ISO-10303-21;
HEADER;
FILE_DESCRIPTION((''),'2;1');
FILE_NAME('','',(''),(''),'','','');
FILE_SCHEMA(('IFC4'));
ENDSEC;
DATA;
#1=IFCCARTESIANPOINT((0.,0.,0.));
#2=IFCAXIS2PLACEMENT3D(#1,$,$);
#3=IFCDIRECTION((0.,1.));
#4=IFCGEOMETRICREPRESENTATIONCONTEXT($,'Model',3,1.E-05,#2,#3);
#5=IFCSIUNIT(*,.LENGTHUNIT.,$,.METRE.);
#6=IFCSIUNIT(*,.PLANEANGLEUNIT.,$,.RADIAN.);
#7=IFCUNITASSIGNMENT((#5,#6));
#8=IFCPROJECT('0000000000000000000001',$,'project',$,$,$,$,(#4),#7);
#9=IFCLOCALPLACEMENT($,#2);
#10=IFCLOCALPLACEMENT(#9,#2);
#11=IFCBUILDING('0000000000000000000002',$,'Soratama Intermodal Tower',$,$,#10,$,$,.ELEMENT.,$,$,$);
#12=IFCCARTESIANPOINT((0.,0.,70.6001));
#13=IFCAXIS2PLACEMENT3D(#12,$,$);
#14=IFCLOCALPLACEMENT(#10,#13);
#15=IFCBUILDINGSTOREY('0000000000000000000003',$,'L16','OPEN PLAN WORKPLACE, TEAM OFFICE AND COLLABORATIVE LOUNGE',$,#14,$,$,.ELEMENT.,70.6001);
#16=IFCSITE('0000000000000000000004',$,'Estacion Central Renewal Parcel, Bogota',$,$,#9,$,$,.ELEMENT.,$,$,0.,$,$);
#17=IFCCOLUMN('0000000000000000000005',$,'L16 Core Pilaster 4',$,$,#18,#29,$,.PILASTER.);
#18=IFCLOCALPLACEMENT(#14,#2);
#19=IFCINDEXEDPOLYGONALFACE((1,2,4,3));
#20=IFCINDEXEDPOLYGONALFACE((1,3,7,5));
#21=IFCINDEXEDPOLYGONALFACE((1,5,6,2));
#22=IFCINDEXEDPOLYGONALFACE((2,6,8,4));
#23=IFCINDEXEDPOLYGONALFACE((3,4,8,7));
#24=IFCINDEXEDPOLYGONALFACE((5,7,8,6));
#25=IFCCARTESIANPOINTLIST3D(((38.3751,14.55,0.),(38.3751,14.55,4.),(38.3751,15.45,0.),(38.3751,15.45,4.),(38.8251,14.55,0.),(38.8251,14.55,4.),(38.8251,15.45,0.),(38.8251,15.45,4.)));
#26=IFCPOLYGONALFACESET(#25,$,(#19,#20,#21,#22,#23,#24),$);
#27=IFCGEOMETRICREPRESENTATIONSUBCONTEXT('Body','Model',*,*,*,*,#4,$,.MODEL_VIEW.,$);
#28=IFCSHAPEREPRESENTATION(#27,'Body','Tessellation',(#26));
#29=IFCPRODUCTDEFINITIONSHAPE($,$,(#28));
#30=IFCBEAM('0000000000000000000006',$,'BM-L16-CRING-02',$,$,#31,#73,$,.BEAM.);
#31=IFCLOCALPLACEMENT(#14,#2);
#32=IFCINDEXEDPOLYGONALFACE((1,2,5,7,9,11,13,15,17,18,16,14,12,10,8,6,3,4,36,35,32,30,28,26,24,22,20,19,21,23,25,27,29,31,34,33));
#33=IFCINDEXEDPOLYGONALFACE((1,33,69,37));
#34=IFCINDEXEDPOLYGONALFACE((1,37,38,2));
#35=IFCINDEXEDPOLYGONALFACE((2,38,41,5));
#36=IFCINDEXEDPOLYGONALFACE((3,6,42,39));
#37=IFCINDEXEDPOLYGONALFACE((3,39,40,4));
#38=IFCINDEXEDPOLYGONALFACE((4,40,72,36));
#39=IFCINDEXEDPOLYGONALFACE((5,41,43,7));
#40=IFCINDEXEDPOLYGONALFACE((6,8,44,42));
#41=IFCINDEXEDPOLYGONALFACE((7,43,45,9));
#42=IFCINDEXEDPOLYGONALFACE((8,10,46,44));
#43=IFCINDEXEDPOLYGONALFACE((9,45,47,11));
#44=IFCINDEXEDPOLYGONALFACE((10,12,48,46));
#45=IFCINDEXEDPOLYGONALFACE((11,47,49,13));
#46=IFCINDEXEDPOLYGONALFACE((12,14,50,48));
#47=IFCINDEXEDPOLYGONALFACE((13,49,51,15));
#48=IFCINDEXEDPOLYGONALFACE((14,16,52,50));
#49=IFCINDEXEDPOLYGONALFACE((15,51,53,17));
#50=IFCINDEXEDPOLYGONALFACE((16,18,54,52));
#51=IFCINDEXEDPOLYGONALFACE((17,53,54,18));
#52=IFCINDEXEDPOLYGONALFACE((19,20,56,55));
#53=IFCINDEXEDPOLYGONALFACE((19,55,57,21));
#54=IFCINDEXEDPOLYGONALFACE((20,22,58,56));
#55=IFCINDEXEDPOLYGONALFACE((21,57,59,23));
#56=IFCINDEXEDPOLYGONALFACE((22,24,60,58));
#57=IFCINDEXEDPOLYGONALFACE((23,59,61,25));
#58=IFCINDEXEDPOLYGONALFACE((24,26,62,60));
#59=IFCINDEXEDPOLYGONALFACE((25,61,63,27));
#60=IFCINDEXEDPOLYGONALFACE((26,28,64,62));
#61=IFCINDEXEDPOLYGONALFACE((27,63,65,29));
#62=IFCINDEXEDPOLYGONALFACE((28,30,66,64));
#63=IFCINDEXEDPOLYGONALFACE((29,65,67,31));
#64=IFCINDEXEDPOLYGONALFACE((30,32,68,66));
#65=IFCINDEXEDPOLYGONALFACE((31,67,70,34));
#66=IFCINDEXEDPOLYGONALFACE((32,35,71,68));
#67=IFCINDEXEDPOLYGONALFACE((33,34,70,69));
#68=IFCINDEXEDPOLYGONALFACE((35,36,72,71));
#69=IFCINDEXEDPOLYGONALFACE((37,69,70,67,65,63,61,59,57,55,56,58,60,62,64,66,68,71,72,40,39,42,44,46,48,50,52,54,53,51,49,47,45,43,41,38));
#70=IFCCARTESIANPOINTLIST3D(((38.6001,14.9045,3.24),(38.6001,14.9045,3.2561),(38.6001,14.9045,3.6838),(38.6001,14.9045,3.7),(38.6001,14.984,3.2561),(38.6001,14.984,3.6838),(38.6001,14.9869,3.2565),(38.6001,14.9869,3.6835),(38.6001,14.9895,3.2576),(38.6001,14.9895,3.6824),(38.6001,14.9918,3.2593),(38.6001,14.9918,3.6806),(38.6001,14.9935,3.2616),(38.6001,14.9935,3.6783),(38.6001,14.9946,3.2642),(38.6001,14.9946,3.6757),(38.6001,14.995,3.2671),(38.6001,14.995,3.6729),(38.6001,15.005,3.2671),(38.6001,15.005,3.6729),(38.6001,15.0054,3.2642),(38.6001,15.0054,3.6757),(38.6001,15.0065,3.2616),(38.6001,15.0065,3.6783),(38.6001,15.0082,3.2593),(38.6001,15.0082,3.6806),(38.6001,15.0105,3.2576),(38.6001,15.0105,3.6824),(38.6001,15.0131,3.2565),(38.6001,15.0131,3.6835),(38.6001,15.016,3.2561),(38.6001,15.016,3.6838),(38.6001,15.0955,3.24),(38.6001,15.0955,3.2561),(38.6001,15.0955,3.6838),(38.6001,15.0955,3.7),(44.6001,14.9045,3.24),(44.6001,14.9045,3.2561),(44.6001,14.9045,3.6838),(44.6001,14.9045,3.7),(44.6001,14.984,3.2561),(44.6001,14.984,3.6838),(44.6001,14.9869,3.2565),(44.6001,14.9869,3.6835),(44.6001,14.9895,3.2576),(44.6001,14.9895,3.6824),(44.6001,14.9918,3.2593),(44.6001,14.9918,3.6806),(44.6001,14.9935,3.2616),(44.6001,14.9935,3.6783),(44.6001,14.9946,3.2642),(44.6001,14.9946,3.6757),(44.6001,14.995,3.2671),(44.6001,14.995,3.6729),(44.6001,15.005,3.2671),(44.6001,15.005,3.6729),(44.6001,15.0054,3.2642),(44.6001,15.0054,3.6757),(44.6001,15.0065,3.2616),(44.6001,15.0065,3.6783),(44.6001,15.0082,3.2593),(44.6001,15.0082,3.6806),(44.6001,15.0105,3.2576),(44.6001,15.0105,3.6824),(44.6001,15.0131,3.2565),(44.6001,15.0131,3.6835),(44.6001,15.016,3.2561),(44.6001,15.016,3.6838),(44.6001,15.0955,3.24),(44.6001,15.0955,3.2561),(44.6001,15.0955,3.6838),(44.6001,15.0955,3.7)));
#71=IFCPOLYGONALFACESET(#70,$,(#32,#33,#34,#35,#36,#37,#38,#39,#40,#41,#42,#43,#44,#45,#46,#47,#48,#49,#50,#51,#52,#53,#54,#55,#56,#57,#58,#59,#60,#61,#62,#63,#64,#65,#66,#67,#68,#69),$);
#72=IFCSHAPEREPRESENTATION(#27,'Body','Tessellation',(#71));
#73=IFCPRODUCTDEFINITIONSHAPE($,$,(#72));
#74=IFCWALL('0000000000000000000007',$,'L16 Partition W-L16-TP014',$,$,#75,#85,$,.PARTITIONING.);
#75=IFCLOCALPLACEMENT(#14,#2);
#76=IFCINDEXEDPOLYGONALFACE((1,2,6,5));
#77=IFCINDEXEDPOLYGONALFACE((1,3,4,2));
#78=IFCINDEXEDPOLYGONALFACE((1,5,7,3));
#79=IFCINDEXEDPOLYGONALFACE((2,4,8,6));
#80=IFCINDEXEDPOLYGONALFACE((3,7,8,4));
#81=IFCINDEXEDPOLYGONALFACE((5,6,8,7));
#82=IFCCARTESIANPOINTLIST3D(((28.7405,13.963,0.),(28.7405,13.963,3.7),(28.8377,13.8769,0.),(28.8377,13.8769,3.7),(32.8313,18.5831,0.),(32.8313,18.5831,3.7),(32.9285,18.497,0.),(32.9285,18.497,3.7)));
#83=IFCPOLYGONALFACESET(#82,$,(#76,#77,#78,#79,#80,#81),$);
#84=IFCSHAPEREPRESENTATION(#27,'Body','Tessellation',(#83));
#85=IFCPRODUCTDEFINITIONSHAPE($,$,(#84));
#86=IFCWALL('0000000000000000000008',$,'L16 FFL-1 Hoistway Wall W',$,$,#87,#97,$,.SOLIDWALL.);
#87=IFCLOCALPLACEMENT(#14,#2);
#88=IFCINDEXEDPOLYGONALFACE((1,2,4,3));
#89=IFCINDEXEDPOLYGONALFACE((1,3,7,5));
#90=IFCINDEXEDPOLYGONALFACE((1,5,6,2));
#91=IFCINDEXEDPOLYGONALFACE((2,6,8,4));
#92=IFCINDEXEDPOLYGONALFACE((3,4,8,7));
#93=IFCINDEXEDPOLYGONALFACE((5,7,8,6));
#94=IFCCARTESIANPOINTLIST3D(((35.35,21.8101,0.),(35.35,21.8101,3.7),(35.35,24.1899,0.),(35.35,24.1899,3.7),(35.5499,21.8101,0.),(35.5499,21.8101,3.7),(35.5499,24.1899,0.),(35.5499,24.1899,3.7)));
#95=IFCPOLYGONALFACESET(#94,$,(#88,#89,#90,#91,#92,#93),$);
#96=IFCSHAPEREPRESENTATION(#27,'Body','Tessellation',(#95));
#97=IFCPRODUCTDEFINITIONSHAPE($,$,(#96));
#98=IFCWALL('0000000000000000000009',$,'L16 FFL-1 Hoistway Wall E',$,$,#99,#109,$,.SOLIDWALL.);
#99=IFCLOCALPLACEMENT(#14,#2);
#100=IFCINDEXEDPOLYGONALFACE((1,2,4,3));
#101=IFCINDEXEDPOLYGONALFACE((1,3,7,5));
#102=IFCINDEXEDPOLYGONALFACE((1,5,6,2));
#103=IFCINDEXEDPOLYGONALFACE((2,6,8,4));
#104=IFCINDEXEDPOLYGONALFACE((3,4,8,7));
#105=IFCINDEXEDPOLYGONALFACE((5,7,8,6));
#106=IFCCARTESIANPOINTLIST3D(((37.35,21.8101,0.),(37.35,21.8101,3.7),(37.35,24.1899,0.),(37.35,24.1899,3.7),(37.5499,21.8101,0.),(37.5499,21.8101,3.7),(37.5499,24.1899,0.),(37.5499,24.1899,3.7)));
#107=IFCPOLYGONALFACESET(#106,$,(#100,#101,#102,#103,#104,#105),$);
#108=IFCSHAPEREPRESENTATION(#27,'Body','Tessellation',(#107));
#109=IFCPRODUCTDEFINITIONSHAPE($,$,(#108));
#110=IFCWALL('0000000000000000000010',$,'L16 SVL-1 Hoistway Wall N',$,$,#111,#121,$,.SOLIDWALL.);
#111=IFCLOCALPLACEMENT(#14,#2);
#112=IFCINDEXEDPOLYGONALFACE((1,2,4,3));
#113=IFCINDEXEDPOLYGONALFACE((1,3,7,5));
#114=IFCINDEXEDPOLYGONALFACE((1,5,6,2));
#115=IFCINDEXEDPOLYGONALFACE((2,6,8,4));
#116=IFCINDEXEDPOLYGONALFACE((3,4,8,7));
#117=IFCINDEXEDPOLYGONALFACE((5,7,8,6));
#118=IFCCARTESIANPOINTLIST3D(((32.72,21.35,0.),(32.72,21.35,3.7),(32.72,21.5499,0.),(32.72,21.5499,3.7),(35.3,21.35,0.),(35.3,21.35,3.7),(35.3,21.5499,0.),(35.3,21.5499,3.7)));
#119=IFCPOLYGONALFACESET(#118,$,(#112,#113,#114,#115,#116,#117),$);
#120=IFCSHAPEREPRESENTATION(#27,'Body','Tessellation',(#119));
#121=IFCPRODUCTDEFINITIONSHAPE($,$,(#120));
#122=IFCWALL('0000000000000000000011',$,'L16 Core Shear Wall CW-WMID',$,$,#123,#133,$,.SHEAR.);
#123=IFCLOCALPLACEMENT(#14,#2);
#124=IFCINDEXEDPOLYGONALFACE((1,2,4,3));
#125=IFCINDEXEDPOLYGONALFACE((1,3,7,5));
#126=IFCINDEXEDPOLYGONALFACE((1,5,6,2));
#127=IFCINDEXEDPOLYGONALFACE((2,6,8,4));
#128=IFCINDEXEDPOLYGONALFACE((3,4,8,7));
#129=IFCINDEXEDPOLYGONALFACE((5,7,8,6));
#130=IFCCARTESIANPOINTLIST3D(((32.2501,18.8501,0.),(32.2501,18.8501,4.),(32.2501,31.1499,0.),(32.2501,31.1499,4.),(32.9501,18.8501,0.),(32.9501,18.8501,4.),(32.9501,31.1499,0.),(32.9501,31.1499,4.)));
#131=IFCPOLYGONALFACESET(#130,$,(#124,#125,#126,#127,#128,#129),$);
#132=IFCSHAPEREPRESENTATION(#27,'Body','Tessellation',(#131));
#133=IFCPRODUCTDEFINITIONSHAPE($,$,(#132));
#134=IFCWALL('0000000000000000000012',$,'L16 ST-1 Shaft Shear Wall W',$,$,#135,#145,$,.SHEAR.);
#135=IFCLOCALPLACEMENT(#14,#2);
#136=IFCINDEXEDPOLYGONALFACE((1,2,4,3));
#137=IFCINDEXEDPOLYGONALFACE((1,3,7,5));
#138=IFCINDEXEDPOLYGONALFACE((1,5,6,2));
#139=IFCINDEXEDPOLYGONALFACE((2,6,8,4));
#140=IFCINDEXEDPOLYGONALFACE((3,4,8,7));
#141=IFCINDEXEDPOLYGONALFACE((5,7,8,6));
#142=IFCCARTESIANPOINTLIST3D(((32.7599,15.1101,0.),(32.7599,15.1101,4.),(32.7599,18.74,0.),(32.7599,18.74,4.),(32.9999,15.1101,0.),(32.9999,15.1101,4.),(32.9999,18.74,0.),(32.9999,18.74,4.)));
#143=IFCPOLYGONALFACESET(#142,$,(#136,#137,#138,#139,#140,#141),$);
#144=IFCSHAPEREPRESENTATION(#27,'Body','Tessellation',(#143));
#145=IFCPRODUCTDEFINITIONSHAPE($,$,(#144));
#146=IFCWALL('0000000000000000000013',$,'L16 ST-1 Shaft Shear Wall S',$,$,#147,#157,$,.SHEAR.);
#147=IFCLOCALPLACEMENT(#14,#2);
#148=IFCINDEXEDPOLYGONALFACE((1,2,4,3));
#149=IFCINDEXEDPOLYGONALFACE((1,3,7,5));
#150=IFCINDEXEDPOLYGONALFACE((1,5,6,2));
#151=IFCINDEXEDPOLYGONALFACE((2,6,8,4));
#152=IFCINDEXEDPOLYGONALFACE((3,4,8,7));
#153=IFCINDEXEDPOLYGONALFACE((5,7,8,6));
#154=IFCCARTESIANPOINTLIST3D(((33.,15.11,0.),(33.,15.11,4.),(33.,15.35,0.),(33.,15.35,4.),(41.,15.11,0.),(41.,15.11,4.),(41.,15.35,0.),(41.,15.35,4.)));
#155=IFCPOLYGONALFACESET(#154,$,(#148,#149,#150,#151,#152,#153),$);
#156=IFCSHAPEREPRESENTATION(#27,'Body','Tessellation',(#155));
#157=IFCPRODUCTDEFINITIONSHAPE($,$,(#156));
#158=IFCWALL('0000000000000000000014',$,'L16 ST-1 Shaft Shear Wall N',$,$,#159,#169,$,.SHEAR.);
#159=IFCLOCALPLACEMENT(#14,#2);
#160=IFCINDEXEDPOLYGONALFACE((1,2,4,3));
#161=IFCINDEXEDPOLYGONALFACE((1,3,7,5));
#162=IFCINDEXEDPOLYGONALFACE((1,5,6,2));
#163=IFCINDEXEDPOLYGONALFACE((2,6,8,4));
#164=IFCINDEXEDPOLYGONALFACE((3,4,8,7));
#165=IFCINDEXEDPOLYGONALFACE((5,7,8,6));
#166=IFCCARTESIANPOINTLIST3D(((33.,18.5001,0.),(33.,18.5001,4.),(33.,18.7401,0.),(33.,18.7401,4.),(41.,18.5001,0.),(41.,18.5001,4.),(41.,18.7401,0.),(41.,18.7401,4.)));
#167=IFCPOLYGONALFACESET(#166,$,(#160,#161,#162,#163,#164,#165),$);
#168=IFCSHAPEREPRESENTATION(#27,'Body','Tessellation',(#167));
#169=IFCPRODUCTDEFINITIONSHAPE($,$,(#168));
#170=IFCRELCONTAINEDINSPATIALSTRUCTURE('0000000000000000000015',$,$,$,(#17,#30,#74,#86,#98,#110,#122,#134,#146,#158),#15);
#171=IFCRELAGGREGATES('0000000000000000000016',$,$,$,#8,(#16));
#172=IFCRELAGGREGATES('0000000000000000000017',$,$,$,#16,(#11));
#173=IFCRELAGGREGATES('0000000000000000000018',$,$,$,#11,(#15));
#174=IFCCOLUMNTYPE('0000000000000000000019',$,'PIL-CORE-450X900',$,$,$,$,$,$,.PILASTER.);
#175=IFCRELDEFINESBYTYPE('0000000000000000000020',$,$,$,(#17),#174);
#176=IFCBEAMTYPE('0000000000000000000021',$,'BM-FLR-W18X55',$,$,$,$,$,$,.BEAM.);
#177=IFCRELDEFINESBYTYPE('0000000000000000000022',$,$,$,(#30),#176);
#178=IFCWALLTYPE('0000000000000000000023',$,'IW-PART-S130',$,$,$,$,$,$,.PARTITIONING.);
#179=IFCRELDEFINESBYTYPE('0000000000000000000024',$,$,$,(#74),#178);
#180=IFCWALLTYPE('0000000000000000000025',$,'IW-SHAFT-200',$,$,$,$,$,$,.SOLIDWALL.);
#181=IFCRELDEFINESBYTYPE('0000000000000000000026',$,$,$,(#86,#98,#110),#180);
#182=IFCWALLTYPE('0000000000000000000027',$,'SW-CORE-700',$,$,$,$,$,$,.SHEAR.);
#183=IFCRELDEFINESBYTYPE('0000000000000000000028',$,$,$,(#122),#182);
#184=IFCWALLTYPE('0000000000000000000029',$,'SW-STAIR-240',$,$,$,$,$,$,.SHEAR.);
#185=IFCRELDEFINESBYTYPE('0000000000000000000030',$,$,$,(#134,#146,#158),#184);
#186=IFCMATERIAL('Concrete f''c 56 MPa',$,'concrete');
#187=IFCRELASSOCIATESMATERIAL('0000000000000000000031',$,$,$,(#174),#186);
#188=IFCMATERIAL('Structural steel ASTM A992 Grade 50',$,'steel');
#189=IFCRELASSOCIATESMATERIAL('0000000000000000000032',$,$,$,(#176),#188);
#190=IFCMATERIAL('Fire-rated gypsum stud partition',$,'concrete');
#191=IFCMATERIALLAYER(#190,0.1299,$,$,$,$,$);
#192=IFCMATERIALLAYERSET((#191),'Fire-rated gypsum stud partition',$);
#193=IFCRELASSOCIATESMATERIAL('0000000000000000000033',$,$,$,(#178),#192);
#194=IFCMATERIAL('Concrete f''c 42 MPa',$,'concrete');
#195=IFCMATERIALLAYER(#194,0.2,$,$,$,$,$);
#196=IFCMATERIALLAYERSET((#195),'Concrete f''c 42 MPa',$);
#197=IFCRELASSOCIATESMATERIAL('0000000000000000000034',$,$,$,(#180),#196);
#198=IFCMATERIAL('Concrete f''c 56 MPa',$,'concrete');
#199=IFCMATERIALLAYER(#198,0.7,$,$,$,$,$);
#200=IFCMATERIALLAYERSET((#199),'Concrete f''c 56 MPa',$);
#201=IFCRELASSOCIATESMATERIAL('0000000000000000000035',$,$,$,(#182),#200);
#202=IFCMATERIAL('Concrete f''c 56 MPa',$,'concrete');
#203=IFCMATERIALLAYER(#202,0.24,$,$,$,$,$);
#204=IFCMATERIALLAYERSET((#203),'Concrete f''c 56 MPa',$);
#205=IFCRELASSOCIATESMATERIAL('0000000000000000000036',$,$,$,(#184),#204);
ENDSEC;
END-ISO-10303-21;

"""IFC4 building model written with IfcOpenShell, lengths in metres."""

from ifc_helpers import new_model, si_unit, direction, frame, frame_2d, origin, origin_2d, place, context, subcontext, project, spatial, rectangle, i_section, extrude, material, layer, layer_set, material_profile, profile_set, type_object, element, save


model = new_model("IFC4")

# Units and contexts
model_context = context("Model", 3, precision=1e-05, world=origin(), true_north=direction((0.0, 1.0)))
body_context = subcontext(model_context, "Body", "Model", "MODEL_VIEW")
ifc_project = project(units=[si_unit("LENGTHUNIT", "METRE"), si_unit("PLANEANGLEUNIT", "RADIAN")], contexts=[model_context])

# Site, building, storey
site_placement = place(None, origin())
site = spatial("IfcSite", under=ifc_project, at=site_placement, Name="Estacion Central Renewal Parcel, Bogota", CompositionType="ELEMENT", RefElevation=0.0)
building_placement = place(site_placement, origin())
building = spatial("IfcBuilding", under=site, at=building_placement, Name="Soratama Intermodal Tower", CompositionType="ELEMENT")
storey_placement = place(building_placement, frame((0.0, 0.0, 70.6001)))
storey = spatial("IfcBuildingStorey", under=building, at=storey_placement, Name="L16", Description="OPEN PLAN WORKPLACE, TEAM OFFICE AND COLLABORATIVE LOUNGE", CompositionType="ELEMENT", Elevation=70.6001)

# Column
ifc_material_1 = material(Name="Concrete f'c 56 MPa", Category="concrete")
ifc_material_profile_1 = material_profile(ifc_material_1, rectangle(XDim=0.45, YDim=0.8999, at=origin_2d()), Name="RC450X900")
ifc_profile_set_1 = profile_set([ifc_material_profile_1], Name="Concrete f'c 56 MPa")
column_type = type_object("IfcColumnType", Name="PIL-CORE-450X900", PredefinedType="PILASTER", material=ifc_profile_set_1)
column_placement = place(storey_placement, frame((38.6001, 15.0, 0.0), z_axis=(0.0, 0.0, 1.0), x_axis=(1.0, 0.0, 0.0)))
element("IfcColumn", 1, at=column_placement, inside=storey, type_object=column_type, Name="L16 Core Pilaster 4", PredefinedType="PILASTER", context=body_context, shape_type="SweptSolid", body=[
    extrude(rectangle(XDim=0.45, YDim=0.8999, at=origin_2d()), origin(), (0.0, 0.0, 1.0), 4.0),
])

# Beam
ifc_material_2 = material(Name="Structural steel ASTM A992 Grade 50", Category="steel")
ifc_material_profile_2 = material_profile(ifc_material_2, i_section(OverallWidth=0.1909, OverallDepth=0.46, WebThickness=0.01, FlangeThickness=0.0161, FilletRadius=0.011, at=origin_2d()), Name="W18X55")
ifc_profile_set_2 = profile_set([ifc_material_profile_2], Name="Structural steel ASTM A992 Grade 50")
beam_type = type_object("IfcBeamType", Name="BM-FLR-W18X55", PredefinedType="BEAM", material=ifc_profile_set_2)
beam_placement = place(storey_placement, frame((38.6001, 15.0, 3.47), z_axis=(1.0, 0.0, 0.0), x_axis=(0.0, 1.0, 0.0)))
element("IfcBeam", 2, at=beam_placement, inside=storey, type_object=beam_type, Name="BM-L16-CRING-02", PredefinedType="BEAM", context=body_context, shape_type="SweptSolid", body=[
    extrude(i_section(OverallWidth=0.1909, OverallDepth=0.46, WebThickness=0.01, FlangeThickness=0.0161, FilletRadius=0.011, at=origin_2d()), origin(), (0.0, 0.0, 1.0), 6.0),
])

# Wall
ifc_material_3 = material(Name="Fire-rated gypsum stud partition", Category="concrete")
ifc_layer_1 = layer(ifc_material_3, 0.1299)
ifc_layer_set_1 = layer_set([ifc_layer_1], Name="Fire-rated gypsum stud partition")
wall_type_1 = type_object("IfcWallType", Name="IW-PART-S130", PredefinedType="PARTITIONING", material=ifc_layer_set_1)
wall_1_placement = place(storey_placement, frame((32.8799, 18.54, 0.0), z_axis=(0.0, 0.0, 1.0), x_axis=(-0.662919, -0.748691, 0.0)))
element("IfcWall", 3, at=wall_1_placement, inside=storey, type_object=wall_type_1, Name="L16 Partition W-L16-TP014", PredefinedType="PARTITIONING", context=body_context, shape_type="SweptSolid", body=[
    extrude(rectangle(XDim=6.1709, YDim=0.1299, at=frame_2d((3.0854, 0.0))), origin(), (0.0, 0.0, 1.0), 3.7),
])

# Shared definitions
ifc_material_4 = material(Name="Concrete f'c 42 MPa", Category="concrete")
ifc_layer_2 = layer(ifc_material_4, 0.2)
ifc_layer_set_2 = layer_set([ifc_layer_2], Name="Concrete f'c 42 MPa")
wall_type_2 = type_object("IfcWallType", Name="IW-SHAFT-200", PredefinedType="SOLIDWALL", material=ifc_layer_set_2)

# Walls
for number, where, z_axis, x_axis, name in (
    (4, (35.45, 21.8101, 0.0), (0.0, 0.0, 1.0), (0.0, 1.0, 0.0), "L16 FFL-1 Hoistway Wall W"),
    (5, (37.45, 21.8101, 0.0), (0.0, 0.0, 1.0), (0.0, 1.0, 0.0), "L16 FFL-1 Hoistway Wall E"),
):
    element("IfcWall", number, at=place(storey_placement, frame(where, z_axis=z_axis, x_axis=x_axis)), inside=storey, type_object=wall_type_2, Name=name, PredefinedType="SOLIDWALL", context=body_context, shape_type="SweptSolid", body=[
        extrude(rectangle(XDim=2.3799, YDim=0.2, at=frame_2d((1.1899, 0.0))), origin(), (0.0, 0.0, 1.0), 3.7),
    ])

# Wall
wall_2_placement = place(storey_placement, frame((32.72, 21.45, 0.0), z_axis=(0.0, 0.0, 1.0), x_axis=(1.0, 0.0, 0.0)))
element("IfcWall", 6, at=wall_2_placement, inside=storey, type_object=wall_type_2, Name="L16 SVL-1 Hoistway Wall N", PredefinedType="SOLIDWALL", context=body_context, shape_type="SweptSolid", body=[
    extrude(rectangle(XDim=2.5801, YDim=0.2, at=frame_2d((1.29, 0.0))), origin(), (0.0, 0.0, 1.0), 3.7),
])

# Walls
ifc_material_5 = material(Name="Concrete f'c 56 MPa", Category="concrete")
ifc_layer_3 = layer(ifc_material_5, 0.7)
ifc_layer_set_3 = layer_set([ifc_layer_3], Name="Concrete f'c 56 MPa")
wall_type_3 = type_object("IfcWallType", Name="SW-CORE-700", PredefinedType="SHEAR", material=ifc_layer_set_3)
wall_3_placement = place(storey_placement, frame((32.6001, 18.8501, 0.0), z_axis=(0.0, 0.0, 1.0), x_axis=(0.0, 1.0, 0.0)))
element("IfcWall", 7, at=wall_3_placement, inside=storey, type_object=wall_type_3, Name="L16 Core Shear Wall CW-WMID", PredefinedType="SHEAR", context=body_context, shape_type="SweptSolid", body=[
    extrude(rectangle(XDim=12.2998, YDim=0.7, at=frame_2d((6.1499, 0.0))), origin(), (0.0, 0.0, 1.0), 4.0),
])
ifc_material_6 = material(Name="Concrete f'c 56 MPa", Category="concrete")
ifc_layer_4 = layer(ifc_material_6, 0.24)
ifc_layer_set_4 = layer_set([ifc_layer_4], Name="Concrete f'c 56 MPa")
wall_type_4 = type_object("IfcWallType", Name="SW-STAIR-240", PredefinedType="SHEAR", material=ifc_layer_set_4)
wall_4_placement = place(storey_placement, frame((32.8799, 15.1101, 0.0), z_axis=(0.0, 0.0, 1.0), x_axis=(0.0, 1.0, 0.0)))
element("IfcWall", 8, at=wall_4_placement, inside=storey, type_object=wall_type_4, Name="L16 ST-1 Shaft Shear Wall W", PredefinedType="SHEAR", context=body_context, shape_type="SweptSolid", body=[
    extrude(rectangle(XDim=3.6299, YDim=0.24, at=frame_2d((1.8149, 0.0))), origin(), (0.0, 0.0, 1.0), 4.0),
])
for number, where, z_axis, x_axis, name in (
    (9, (33.0, 15.23, 0.0), (0.0, 0.0, 1.0), (1.0, 0.0, 0.0), "L16 ST-1 Shaft Shear Wall S"),
    (10, (33.0, 18.6201, 0.0), (0.0, 0.0, 1.0), (1.0, 0.0, 0.0), "L16 ST-1 Shaft Shear Wall N"),
):
    element("IfcWall", number, at=place(storey_placement, frame(where, z_axis=z_axis, x_axis=x_axis)), inside=storey, type_object=wall_type_4, Name=name, PredefinedType="SHEAR", context=body_context, shape_type="SweptSolid", body=[
        extrude(rectangle(XDim=8.0, YDim=0.24, at=frame_2d((4.0, 0.0))), origin(), (0.0, 0.0, 1.0), 4.0),
    ])

save(model, "model.ifc")
